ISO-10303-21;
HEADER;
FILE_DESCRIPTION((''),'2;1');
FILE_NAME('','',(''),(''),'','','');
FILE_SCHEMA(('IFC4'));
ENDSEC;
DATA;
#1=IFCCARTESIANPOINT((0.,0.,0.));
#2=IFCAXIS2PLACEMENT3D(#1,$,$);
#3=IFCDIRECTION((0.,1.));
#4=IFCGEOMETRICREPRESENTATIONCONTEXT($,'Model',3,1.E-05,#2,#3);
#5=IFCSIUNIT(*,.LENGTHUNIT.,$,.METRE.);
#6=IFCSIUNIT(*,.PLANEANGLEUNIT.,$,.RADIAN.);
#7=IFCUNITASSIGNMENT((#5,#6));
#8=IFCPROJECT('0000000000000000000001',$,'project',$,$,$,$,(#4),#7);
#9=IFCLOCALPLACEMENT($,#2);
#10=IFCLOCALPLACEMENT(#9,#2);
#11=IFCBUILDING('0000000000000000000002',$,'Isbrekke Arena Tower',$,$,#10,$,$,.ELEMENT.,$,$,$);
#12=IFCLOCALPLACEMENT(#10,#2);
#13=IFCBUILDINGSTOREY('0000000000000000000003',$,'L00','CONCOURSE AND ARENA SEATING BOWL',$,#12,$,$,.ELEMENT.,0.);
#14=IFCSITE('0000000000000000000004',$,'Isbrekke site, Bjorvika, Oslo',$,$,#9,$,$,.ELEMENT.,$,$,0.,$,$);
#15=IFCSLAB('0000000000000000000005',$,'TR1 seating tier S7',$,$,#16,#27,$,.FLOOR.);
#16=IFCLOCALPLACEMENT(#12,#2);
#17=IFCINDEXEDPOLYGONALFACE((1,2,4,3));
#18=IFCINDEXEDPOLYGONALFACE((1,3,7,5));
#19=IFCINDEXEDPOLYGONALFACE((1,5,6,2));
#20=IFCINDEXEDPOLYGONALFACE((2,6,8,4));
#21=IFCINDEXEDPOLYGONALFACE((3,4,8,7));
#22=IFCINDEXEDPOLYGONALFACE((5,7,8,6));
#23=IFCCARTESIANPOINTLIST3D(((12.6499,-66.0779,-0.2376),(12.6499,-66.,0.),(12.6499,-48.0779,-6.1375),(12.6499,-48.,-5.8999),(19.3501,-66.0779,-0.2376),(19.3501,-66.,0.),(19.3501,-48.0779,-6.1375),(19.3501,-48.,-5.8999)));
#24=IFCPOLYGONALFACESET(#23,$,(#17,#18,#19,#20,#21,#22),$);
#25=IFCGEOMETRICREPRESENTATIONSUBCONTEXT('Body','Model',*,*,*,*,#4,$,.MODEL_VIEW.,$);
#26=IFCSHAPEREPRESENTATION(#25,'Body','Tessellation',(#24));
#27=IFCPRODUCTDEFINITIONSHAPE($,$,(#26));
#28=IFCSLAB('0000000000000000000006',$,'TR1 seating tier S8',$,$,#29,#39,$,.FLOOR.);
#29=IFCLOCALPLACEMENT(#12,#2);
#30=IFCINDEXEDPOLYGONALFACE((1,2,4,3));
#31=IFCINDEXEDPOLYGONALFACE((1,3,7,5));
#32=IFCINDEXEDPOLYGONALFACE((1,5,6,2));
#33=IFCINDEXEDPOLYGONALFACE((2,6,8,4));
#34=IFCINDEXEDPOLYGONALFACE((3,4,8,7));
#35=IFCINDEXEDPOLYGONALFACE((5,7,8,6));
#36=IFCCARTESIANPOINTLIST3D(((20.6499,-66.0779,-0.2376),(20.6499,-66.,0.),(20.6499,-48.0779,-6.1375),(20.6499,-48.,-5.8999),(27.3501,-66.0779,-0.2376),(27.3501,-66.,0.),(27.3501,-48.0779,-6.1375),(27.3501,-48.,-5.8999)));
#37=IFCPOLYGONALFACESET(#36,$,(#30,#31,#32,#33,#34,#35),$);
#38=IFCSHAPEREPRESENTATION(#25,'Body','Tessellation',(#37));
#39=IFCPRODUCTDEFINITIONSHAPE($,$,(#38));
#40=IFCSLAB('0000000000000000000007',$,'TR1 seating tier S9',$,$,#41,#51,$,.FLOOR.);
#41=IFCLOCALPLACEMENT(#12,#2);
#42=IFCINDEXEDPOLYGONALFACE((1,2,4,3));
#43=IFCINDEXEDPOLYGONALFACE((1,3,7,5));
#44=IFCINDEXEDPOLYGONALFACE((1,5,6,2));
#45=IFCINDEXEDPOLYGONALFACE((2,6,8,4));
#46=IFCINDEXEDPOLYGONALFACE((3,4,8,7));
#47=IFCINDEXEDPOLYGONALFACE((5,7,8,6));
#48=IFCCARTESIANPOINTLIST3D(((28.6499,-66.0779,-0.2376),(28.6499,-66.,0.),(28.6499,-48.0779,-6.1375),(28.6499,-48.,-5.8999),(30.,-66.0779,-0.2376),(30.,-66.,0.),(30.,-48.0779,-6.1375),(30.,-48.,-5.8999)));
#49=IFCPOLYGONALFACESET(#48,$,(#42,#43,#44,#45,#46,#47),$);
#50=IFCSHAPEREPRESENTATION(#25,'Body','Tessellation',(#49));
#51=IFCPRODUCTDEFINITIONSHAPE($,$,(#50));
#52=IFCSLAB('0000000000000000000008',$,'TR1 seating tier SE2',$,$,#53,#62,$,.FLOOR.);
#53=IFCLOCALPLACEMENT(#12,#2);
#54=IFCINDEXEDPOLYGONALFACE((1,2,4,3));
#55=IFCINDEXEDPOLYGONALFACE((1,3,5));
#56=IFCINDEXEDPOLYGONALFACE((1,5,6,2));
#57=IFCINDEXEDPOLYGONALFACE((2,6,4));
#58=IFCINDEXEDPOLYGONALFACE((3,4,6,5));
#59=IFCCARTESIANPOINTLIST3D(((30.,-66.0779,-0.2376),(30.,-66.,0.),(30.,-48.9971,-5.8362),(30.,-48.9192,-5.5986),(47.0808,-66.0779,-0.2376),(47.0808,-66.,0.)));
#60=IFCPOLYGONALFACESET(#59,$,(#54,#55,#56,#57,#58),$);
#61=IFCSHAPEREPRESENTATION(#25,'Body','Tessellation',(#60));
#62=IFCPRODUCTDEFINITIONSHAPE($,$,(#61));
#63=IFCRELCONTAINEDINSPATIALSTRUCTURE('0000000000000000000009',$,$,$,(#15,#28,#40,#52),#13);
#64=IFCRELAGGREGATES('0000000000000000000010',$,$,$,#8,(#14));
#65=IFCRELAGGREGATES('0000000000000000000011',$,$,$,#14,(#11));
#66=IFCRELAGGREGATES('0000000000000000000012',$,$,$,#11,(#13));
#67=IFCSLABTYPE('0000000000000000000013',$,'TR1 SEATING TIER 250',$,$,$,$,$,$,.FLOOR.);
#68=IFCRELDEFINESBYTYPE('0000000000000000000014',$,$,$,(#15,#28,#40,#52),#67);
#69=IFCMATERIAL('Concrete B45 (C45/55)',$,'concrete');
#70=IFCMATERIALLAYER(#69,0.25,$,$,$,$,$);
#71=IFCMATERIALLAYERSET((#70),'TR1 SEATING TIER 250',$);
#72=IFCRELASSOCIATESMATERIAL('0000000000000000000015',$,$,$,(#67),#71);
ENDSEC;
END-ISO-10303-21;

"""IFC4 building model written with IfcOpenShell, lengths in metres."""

from ifc_helpers import new_model, si_unit, direction, frame, origin, place, context, subcontext, project, spatial, polyline, outline, extrude, material, layer, layer_set, type_object, element, save


model = new_model("IFC4")

# Units and contexts
model_context = context("Model", 3, precision=1e-05, world=origin(), true_north=direction((0.0, 1.0)))
body_context = subcontext(model_context, "Body", "Model", "MODEL_VIEW")
ifc_project = project(units=[si_unit("LENGTHUNIT", "METRE"), si_unit("PLANEANGLEUNIT", "RADIAN")], contexts=[model_context])

# Site, building, storey
site_placement = place(None, origin())
site = spatial("IfcSite", under=ifc_project, at=site_placement, Name="Isbrekke site, Bjorvika, Oslo", CompositionType="ELEMENT", RefElevation=0.0)
building_placement = place(site_placement, origin())
building = spatial("IfcBuilding", under=site, at=building_placement, Name="Isbrekke Arena Tower", CompositionType="ELEMENT")
storey_placement = place(building_placement, origin())
storey = spatial("IfcBuildingStorey", under=building, at=storey_placement, Name="L00", Description="CONCOURSE AND ARENA SEATING BOWL", CompositionType="ELEMENT", Elevation=0.0)

# Slabs
ifc_material_1 = material(Name="Concrete B45 (C45/55)", Category="concrete")
ifc_layer = layer(ifc_material_1, 0.25)
ifc_layer_set = layer_set([ifc_layer], Name="TR1 SEATING TIER 250")
slab_type = type_object("IfcSlabType", Name="TR1 SEATING TIER 250", PredefinedType="FLOOR", material=ifc_layer_set)
for number, where, z_axis, x_axis, name in (
    (1, (19.3501, -48.0, -5.8999), (0.0, 0.311468, 0.950257), (0.0, -0.950257, 0.311468), "TR1 seating tier S7"),
    (2, (27.3501, -48.0, -5.8999), (0.0, 0.311468, 0.950257), (0.0, -0.950257, 0.311468), "TR1 seating tier S8"),
):
    element("IfcSlab", number, at=place(storey_placement, frame(where, z_axis=z_axis, x_axis=x_axis)), inside=storey, type_object=slab_type, Name=name, PredefinedType="FLOOR", context=body_context, shape_type="SweptSolid", body=[
        extrude(outline(polyline([(0.0, 0.0), (18.9423, 0.0), (18.9423, -6.7002), (0.0, -6.7002), (0.0, 0.0)])), origin(), (0.0, 0.0, -1.0), 0.25),
    ])
slab_1_placement = place(storey_placement, frame((30.0, -48.0, -5.8999), z_axis=(0.0, 0.311468, 0.950257), x_axis=(0.0, -0.950257, 0.311468)))
element("IfcSlab", 3, at=slab_1_placement, inside=storey, type_object=slab_type, Name="TR1 seating tier S9", PredefinedType="FLOOR", context=body_context, shape_type="SweptSolid", body=[
    extrude(outline(polyline([(0.0, 0.0), (18.9423, 0.0), (18.9423, -1.3501), (0.0, -1.3501), (0.0, 0.0)])), origin(), (0.0, 0.0, -1.0), 0.25),
])
slab_2_placement = place(storey_placement, frame((30.0, -66.0, 0.0), z_axis=(0.0, 0.311469, 0.950256), x_axis=(1.0, 0.0, 0.0)))
element("IfcSlab", 4, at=slab_2_placement, inside=storey, type_object=slab_type, Name="TR1 seating tier SE2", PredefinedType="FLOOR", context=body_context, shape_type="SweptSolid", body=[
    extrude(outline(polyline([(0.0, 0.0), (17.0808, 0.0), (0.0, 17.9749), (0.0, 0.0)])), origin(), (0.0, 0.0, -1.0), 0.25),
])

save(model, "model.ifc")
